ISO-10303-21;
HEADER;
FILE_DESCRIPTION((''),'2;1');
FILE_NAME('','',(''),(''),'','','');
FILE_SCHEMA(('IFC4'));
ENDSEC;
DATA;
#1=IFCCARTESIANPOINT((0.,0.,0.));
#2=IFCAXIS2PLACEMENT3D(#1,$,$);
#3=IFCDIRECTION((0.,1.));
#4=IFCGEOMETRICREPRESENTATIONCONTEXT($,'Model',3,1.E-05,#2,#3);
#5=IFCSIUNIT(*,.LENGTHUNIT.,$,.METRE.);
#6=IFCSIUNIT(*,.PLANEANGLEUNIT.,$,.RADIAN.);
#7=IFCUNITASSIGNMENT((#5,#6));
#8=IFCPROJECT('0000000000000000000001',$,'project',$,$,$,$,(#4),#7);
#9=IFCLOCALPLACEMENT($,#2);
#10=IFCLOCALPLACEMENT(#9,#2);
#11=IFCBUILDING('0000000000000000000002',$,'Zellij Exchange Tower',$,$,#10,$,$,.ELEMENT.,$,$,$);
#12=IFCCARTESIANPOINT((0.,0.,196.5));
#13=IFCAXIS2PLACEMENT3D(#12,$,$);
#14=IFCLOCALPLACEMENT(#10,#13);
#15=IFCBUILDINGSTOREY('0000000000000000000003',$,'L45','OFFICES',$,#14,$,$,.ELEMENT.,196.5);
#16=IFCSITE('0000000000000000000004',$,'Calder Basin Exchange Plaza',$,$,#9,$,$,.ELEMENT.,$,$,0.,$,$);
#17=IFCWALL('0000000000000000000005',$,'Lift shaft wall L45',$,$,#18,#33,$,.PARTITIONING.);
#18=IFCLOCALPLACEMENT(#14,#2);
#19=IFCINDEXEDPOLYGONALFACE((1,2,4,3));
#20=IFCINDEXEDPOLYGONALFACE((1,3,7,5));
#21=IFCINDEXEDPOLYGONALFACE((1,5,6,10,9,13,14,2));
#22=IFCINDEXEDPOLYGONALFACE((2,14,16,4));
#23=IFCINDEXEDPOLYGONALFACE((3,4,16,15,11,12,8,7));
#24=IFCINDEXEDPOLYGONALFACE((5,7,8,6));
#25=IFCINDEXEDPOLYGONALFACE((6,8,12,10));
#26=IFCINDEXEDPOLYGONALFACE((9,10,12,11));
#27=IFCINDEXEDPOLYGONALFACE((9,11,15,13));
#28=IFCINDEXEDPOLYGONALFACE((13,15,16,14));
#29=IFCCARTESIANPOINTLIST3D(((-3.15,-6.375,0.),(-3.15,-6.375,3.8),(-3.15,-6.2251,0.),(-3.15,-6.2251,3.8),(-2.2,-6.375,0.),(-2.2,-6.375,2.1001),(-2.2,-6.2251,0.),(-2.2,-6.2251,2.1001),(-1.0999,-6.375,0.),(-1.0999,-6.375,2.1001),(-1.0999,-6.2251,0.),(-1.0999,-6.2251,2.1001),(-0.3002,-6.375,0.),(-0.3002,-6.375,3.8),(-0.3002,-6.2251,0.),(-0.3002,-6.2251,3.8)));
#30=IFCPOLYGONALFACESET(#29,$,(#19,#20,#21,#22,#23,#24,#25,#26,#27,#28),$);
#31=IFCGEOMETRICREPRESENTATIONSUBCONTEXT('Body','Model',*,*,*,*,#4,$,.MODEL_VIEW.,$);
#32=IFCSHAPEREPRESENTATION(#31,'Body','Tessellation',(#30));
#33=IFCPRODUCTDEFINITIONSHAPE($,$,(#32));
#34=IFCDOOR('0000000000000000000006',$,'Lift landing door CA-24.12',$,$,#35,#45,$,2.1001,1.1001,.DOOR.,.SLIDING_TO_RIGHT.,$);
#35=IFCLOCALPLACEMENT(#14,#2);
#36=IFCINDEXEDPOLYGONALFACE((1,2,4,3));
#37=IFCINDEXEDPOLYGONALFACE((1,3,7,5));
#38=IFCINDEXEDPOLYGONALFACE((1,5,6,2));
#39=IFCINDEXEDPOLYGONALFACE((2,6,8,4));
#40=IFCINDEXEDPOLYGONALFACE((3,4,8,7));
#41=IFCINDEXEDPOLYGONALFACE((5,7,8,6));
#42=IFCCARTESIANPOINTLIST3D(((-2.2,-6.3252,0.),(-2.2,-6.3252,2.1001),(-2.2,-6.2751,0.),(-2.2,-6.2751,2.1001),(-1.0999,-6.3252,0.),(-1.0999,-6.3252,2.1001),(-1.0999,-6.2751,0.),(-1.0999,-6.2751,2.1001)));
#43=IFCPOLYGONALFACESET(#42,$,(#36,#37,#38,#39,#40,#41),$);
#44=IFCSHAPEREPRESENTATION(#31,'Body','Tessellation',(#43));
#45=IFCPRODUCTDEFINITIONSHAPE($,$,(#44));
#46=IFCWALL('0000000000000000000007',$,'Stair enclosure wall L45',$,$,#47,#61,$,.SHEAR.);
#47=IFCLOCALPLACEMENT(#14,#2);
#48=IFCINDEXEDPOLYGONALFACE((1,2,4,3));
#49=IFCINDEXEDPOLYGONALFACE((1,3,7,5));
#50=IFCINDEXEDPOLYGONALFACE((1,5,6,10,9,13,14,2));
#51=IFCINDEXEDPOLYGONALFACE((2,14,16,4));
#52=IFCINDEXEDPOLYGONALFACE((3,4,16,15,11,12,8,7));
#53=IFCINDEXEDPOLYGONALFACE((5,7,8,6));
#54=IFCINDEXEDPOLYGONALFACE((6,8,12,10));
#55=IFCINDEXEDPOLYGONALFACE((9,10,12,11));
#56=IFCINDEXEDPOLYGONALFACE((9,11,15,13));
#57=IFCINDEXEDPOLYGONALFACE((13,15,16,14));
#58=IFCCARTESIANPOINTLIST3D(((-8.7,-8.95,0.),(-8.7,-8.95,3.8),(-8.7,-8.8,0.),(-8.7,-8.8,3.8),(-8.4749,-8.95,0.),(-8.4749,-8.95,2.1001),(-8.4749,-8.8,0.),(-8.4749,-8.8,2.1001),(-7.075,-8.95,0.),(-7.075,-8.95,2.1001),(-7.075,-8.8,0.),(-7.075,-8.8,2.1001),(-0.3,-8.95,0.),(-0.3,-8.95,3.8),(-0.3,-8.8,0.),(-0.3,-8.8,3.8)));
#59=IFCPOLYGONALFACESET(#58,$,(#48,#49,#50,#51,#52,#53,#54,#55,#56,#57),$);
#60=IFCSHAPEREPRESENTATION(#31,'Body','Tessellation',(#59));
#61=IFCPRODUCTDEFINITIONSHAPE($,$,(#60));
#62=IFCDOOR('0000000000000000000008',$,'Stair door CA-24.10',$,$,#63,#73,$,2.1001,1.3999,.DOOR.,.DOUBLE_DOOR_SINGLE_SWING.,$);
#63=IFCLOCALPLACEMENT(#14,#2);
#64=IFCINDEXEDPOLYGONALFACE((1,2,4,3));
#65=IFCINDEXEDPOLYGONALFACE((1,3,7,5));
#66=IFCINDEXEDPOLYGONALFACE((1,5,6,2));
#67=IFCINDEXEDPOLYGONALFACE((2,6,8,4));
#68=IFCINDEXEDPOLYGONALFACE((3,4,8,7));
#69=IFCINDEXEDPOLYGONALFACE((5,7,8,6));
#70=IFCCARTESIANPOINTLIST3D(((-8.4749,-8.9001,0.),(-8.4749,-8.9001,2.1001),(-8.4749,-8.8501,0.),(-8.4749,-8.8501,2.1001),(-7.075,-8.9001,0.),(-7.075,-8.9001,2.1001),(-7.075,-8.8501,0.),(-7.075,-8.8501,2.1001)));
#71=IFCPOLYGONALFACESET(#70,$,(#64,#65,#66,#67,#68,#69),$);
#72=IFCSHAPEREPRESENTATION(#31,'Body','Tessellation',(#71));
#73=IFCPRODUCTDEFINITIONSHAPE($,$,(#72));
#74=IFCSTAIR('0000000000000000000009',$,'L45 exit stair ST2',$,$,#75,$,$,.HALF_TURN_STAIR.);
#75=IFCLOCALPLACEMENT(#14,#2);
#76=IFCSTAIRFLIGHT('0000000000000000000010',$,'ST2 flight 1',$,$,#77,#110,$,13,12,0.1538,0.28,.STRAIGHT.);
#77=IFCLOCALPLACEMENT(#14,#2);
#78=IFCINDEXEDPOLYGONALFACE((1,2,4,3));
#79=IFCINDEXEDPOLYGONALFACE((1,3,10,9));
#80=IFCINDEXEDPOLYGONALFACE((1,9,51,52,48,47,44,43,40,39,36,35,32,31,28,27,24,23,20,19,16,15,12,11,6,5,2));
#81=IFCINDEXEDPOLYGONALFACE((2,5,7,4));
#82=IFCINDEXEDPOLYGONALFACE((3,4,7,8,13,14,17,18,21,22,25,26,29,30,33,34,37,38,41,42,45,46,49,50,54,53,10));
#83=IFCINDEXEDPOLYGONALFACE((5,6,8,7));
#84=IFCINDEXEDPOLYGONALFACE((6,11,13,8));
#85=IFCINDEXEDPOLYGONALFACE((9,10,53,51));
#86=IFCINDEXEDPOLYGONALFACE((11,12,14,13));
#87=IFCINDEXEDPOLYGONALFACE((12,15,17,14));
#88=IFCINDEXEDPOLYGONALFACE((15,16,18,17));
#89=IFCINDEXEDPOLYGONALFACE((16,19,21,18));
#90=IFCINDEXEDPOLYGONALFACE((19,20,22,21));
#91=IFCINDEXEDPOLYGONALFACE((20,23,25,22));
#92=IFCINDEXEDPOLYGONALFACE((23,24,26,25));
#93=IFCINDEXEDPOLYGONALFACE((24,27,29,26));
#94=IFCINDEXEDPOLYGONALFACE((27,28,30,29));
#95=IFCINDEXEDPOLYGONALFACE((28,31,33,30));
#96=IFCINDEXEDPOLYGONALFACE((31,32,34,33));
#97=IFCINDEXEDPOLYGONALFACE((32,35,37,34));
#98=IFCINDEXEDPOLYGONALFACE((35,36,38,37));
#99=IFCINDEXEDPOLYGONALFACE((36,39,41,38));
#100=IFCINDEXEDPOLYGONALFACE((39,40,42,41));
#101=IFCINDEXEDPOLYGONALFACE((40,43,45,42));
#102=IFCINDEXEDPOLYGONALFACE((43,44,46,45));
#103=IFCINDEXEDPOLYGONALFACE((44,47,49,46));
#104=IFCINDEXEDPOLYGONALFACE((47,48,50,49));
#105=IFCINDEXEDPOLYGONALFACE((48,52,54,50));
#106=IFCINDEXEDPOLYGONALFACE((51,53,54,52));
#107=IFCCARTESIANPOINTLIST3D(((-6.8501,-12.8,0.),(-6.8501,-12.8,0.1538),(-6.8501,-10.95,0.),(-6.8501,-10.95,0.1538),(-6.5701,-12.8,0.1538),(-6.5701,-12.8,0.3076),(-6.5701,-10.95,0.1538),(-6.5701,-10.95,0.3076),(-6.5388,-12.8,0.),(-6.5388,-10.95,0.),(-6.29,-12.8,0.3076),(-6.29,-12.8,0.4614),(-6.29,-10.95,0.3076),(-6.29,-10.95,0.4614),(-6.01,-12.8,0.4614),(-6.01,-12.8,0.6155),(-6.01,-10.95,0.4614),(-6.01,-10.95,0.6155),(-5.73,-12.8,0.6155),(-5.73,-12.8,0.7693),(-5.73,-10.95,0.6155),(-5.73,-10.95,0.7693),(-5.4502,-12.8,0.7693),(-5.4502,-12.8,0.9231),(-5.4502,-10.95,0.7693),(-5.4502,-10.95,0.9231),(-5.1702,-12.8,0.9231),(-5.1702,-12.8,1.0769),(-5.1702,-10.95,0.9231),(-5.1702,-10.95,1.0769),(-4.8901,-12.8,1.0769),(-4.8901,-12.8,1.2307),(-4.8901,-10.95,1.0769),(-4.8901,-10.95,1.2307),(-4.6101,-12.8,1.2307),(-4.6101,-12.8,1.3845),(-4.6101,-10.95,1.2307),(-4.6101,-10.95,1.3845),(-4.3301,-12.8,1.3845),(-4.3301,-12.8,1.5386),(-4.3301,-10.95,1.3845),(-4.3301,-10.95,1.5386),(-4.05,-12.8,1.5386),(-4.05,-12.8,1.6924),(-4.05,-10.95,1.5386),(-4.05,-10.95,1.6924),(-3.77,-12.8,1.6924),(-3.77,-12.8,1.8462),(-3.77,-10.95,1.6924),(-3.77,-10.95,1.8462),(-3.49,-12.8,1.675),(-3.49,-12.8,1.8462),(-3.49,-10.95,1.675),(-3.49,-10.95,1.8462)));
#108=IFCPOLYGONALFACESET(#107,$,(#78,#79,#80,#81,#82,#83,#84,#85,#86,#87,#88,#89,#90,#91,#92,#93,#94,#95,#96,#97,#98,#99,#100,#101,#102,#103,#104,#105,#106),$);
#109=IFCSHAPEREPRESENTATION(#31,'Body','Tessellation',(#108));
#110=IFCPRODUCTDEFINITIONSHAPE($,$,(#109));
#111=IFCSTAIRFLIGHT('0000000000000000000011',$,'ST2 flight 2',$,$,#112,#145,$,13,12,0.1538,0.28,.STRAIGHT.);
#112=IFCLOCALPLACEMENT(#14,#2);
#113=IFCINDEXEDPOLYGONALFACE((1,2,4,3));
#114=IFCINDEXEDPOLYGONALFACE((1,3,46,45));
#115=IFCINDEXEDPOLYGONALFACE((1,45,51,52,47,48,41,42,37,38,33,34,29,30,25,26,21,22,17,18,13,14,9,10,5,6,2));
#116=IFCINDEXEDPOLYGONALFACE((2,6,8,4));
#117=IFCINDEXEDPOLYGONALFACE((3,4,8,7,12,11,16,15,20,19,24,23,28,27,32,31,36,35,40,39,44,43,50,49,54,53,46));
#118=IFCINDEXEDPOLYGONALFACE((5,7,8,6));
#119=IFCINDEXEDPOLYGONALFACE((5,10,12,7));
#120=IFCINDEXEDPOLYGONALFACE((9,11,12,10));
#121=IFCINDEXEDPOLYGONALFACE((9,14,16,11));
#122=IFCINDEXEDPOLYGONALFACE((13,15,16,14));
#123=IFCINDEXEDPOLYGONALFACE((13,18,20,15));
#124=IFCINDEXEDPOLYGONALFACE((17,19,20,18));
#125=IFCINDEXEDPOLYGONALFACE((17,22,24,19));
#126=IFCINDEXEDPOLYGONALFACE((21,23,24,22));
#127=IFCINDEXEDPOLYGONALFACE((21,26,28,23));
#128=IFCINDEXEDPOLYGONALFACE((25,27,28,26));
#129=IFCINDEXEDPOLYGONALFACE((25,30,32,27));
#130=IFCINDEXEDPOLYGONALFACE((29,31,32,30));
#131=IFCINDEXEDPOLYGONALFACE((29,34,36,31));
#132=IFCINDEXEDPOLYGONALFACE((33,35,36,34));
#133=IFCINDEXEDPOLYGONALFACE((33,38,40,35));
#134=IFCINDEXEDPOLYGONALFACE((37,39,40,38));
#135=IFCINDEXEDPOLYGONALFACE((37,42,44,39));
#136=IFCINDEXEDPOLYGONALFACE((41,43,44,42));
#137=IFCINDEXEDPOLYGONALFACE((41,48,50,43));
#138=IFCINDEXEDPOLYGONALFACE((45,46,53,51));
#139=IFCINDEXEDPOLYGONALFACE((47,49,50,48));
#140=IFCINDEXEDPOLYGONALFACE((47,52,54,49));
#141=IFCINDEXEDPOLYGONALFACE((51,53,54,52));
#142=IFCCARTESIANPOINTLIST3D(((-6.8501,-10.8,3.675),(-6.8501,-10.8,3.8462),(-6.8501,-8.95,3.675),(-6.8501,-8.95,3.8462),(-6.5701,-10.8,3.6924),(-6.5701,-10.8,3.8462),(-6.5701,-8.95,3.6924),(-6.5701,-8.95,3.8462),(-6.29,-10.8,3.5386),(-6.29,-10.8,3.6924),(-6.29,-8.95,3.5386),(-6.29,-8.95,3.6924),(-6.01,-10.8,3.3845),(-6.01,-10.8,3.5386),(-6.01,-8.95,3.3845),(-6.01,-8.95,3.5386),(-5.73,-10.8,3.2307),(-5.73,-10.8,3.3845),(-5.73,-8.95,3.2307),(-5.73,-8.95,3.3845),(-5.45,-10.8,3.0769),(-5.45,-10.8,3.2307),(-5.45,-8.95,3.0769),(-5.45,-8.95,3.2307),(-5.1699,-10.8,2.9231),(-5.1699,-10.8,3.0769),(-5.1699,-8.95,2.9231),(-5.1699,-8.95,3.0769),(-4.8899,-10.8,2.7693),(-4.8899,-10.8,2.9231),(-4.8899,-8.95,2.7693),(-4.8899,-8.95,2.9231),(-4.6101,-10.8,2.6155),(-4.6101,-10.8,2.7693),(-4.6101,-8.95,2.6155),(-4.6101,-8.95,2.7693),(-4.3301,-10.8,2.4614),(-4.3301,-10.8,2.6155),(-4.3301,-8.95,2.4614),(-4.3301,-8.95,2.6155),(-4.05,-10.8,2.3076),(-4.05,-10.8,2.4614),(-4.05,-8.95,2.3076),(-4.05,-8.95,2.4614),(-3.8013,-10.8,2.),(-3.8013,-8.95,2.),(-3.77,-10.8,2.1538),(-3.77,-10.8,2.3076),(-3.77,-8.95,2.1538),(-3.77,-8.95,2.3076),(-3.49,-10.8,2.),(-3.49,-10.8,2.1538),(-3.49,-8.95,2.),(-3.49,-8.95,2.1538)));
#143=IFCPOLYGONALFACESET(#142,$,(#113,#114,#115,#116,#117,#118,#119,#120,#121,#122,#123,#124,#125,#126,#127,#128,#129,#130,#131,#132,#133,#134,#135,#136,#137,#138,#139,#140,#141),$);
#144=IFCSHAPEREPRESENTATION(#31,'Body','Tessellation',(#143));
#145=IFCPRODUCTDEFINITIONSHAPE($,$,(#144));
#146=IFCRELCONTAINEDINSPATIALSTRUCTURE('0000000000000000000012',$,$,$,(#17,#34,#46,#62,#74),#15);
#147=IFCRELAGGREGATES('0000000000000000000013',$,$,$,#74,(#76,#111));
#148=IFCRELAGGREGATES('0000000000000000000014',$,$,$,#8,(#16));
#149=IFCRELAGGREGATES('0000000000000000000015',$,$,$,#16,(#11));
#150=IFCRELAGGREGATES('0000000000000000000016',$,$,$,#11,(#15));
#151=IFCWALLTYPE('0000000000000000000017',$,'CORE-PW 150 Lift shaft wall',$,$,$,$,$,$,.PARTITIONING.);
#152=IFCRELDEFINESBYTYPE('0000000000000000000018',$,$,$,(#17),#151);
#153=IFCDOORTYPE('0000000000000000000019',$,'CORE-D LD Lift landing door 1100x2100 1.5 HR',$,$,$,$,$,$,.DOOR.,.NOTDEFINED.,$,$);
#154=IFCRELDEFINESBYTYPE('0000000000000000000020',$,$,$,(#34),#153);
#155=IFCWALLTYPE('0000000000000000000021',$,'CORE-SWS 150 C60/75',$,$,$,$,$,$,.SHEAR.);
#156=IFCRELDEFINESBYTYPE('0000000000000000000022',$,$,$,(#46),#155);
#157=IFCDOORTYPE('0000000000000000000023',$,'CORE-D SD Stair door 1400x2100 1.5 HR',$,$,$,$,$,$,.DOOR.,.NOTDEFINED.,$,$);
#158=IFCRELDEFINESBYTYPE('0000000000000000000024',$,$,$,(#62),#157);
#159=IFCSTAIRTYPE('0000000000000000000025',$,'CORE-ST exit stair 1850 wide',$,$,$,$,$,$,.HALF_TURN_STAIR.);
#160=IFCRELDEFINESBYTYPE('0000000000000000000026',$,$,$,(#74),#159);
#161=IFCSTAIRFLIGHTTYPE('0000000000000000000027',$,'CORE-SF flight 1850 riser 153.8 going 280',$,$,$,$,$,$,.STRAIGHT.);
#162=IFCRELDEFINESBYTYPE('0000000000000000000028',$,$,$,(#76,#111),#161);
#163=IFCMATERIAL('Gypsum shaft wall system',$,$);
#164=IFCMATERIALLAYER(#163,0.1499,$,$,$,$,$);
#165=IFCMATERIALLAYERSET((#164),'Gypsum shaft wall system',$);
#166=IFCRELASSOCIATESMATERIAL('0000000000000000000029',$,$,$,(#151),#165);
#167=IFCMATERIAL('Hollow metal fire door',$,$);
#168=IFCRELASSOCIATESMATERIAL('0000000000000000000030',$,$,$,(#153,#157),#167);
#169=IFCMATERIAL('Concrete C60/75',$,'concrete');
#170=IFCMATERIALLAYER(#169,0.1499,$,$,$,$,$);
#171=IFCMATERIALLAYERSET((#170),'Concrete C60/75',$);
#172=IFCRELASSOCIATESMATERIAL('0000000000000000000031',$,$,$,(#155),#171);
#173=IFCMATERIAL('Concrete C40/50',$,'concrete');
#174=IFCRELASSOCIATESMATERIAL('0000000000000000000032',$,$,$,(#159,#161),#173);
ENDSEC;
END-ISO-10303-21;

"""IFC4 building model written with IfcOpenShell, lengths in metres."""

from ifc_helpers import new_model, si_unit, direction, frame, frame_2d, origin, place, context, subcontext, project, spatial, polyline, rectangle, outline, extrude, material, layer, layer_set, type_object, element, fill, aggregate, save


model = new_model("IFC4")

# Units and contexts
model_context = context("Model", 3, precision=1e-05, world=origin(), true_north=direction((0.0, 1.0)))
body_context = subcontext(model_context, "Body", "Model", "MODEL_VIEW")
ifc_project = project(units=[si_unit("LENGTHUNIT", "METRE"), si_unit("PLANEANGLEUNIT", "RADIAN")], contexts=[model_context])

# Site, building, storey
site_placement = place(None, origin())
site = spatial("IfcSite", under=ifc_project, at=site_placement, Name="Calder Basin Exchange Plaza", CompositionType="ELEMENT", RefElevation=0.0)
building_placement = place(site_placement, origin())
building = spatial("IfcBuilding", under=site, at=building_placement, Name="Zellij Exchange Tower", CompositionType="ELEMENT")
storey_placement = place(building_placement, frame((0.0, 0.0, 196.5)))
storey = spatial("IfcBuildingStorey", under=building, at=storey_placement, Name="L45", Description="OFFICES", CompositionType="ELEMENT", Elevation=196.5)

# Shared definitions
ifc_material_1 = material(Name="Concrete C60/75", Category="concrete")

# Shared definitions
ifc_material_2 = material(Name="Gypsum shaft wall system")
ifc_material_3 = material(Name="Hollow metal fire door")

# Shared definitions
ifc_layer_1 = layer(ifc_material_2, 0.1499)
ifc_layer_set_1 = layer_set([ifc_layer_1], Name="Gypsum shaft wall system")
wall_type_1 = type_object("IfcWallType", Name="CORE-PW 150 Lift shaft wall", PredefinedType="PARTITIONING", material=ifc_layer_set_1)

# Walls, openings, doors
wall_1_placement = place(storey_placement, frame((-3.1499, -6.3, 0.0), z_axis=(0.0, 0.0, 1.0), x_axis=(1.0, 0.0, 0.0)))
wall_1 = element("IfcWall", 1, at=wall_1_placement, inside=storey, type_object=wall_type_1, Name="Lift shaft wall L45", PredefinedType="PARTITIONING", context=body_context, shape_type="SweptSolid", body=[
    extrude(rectangle(XDim=2.8499, YDim=0.1499, at=frame_2d((1.4248, 0.0))), origin(), (0.0, 0.0, 1.0), 3.8),
])
opening_1_placement = place(wall_1_placement, frame((0.95, 0.0, 0.0)))
opening_1 = element("IfcOpeningElement", 2, at=opening_1_placement, cuts=wall_1, PredefinedType="OPENING", context=body_context, shape_type="SweptSolid", body=[
    extrude(rectangle(XDim=1.1001, YDim=2.1001, at=frame_2d((0.55, 1.05))), frame((0.0, 0.0869, 0.0), z_axis=(0.0, -1.0, 0.0), x_axis=(1.0, 0.0, 0.0)), (0.0, 0.0, 1.0), 0.1738),
])
door_type_1 = type_object("IfcDoorType", Name="CORE-D LD Lift landing door 1100x2100 1.5 HR", OperationType="NOTDEFINED", PredefinedType="DOOR", material=ifc_material_3)
door_1_placement = place(opening_1_placement, origin())
door_1 = element("IfcDoor", 3, at=door_1_placement, inside=storey, type_object=door_type_1, Name="Lift landing door CA-24.12", OperationType="SLIDING_TO_RIGHT", OverallHeight=2.1001, OverallWidth=1.1001, PredefinedType="DOOR", context=body_context, shape_type="SweptSolid", body=[
    extrude(rectangle(XDim=1.1001, YDim=2.1001, at=frame_2d((0.55, 1.05))), frame((0.0, 0.0249, 0.0), z_axis=(0.0, -1.0, 0.0), x_axis=(1.0, 0.0, 0.0)), (0.0, 0.0, 1.0), 0.05),
])
fill(opening_1, door_1)
ifc_layer_2 = layer(ifc_material_1, 0.1499)
ifc_layer_set_2 = layer_set([ifc_layer_2], Name="Concrete C60/75")
wall_type_2 = type_object("IfcWallType", Name="CORE-SWS 150 C60/75", PredefinedType="SHEAR", material=ifc_layer_set_2)
wall_2_placement = place(storey_placement, frame((-8.7, -8.875, 0.0), z_axis=(0.0, 0.0, 1.0), x_axis=(1.0, 0.0, 0.0)))
wall_2 = element("IfcWall", 4, at=wall_2_placement, inside=storey, type_object=wall_type_2, Name="Stair enclosure wall L45", PredefinedType="SHEAR", context=body_context, shape_type="SweptSolid", body=[
    extrude(rectangle(XDim=8.3999, YDim=0.1499, at=frame_2d((4.2, 0.0))), origin(), (0.0, 0.0, 1.0), 3.8),
])
opening_2_placement = place(wall_2_placement, frame((0.2251, 0.0, 0.0)))
opening_2 = element("IfcOpeningElement", 5, at=opening_2_placement, cuts=wall_2, PredefinedType="OPENING", context=body_context, shape_type="SweptSolid", body=[
    extrude(rectangle(XDim=1.3999, YDim=2.1001, at=frame_2d((0.7, 1.05))), frame((0.0, 0.0869, 0.0), z_axis=(0.0, -1.0, 0.0), x_axis=(1.0, 0.0, 0.0)), (0.0, 0.0, 1.0), 0.1738),
])
door_type_2 = type_object("IfcDoorType", Name="CORE-D SD Stair door 1400x2100 1.5 HR", OperationType="NOTDEFINED", PredefinedType="DOOR", material=ifc_material_3)
door_2_placement = place(opening_2_placement, origin())
door_2 = element("IfcDoor", 6, at=door_2_placement, inside=storey, type_object=door_type_2, Name="Stair door CA-24.10", OperationType="DOUBLE_DOOR_SINGLE_SWING", OverallHeight=2.1001, OverallWidth=1.3999, PredefinedType="DOOR", context=body_context, shape_type="SweptSolid", body=[
    extrude(rectangle(XDim=1.3999, YDim=2.1001, at=frame_2d((0.7, 1.05))), frame((0.0, 0.0249, 0.0), z_axis=(0.0, -1.0, 0.0), x_axis=(1.0, 0.0, 0.0)), (0.0, 0.0, 1.0), 0.05),
])
fill(opening_2, door_2)

# Stair, stair flights
ifc_material_4 = material(Name="Concrete C40/50", Category="concrete")
stair_type = type_object("IfcStairType", Name="CORE-ST exit stair 1850 wide", PredefinedType="HALF_TURN_STAIR", material=ifc_material_4)
stair_placement = place(storey_placement, origin())
stair = element("IfcStair", 7, at=stair_placement, inside=storey, type_object=stair_type, Name="L45 exit stair ST2", PredefinedType="HALF_TURN_STAIR")
stair_flight_type = type_object("IfcStairFlightType", Name="CORE-SF flight 1850 riser 153.8 going 280", PredefinedType="STRAIGHT", material=ifc_material_4)
stair_flight_1_placement = place(storey_placement, frame((-6.8501, -11.875, 0.0), z_axis=(0.0, 0.0, 1.0), x_axis=(1.0, 0.0, 0.0)))
stair_flight_1 = element("IfcStairFlight", 8, at=stair_flight_1_placement, type_object=stair_flight_type, Name="ST2 flight 1", NumberOfRisers=13, NumberOfTreads=12, PredefinedType="STRAIGHT", RiserHeight=0.1538, TreadLength=0.28, context=body_context, shape_type="SweptSolid", body=[
    extrude(outline(polyline([(0.0, 0.0), (0.0, 0.1538), (0.28, 0.1538), (0.28, 0.3076), (0.5601, 0.3076), (0.5601, 0.4614), (0.8401, 0.4614), (0.8401, 0.6155), (1.1201, 0.6155), (1.1201, 0.7693), (1.3999, 0.7693), (1.3999, 0.9231), (1.6799, 0.9231), (1.6799, 1.0769), (1.96, 1.0769), (1.96, 1.2307), (2.24, 1.2307), (2.24, 1.3845), (2.52, 1.3845), (2.52, 1.5386), (2.8, 1.5386), (2.8, 1.6924), (3.0801, 1.6924), (3.0801, 1.8462), (3.3601, 1.8462), (3.3601, 2.0), (3.3601, 1.675), (0.3113, 0.0), (0.0, 0.0)])), frame((0.0, 0.925, 0.0), z_axis=(0.0, -1.0, 0.0), x_axis=(1.0, 0.0, 0.0)), (0.0, 0.0, 1.0), 1.8501),
])
stair_flight_2_placement = place(storey_placement, frame((-3.49, -9.875, 2.0), z_axis=(0.0, 0.0, 1.0), x_axis=(-1.0, 0.0, 0.0)))
stair_flight_2 = element("IfcStairFlight", 9, at=stair_flight_2_placement, type_object=stair_flight_type, Name="ST2 flight 2", NumberOfRisers=13, NumberOfTreads=12, PredefinedType="STRAIGHT", RiserHeight=0.1538, TreadLength=0.28, context=body_context, shape_type="SweptSolid", body=[
    extrude(outline(polyline([(0.0, 0.0), (0.0, 0.1538), (0.28, 0.1538), (0.28, 0.3076), (0.5601, 0.3076), (0.5601, 0.4614), (0.8401, 0.4614), (0.8401, 0.6155), (1.1201, 0.6155), (1.1201, 0.7693), (1.3999, 0.7693), (1.3999, 0.9231), (1.6799, 0.9231), (1.6799, 1.0769), (1.96, 1.0769), (1.96, 1.2307), (2.24, 1.2307), (2.24, 1.3845), (2.52, 1.3845), (2.52, 1.5386), (2.8, 1.5386), (2.8, 1.6924), (3.0801, 1.6924), (3.0801, 1.8462), (3.3601, 1.8462), (3.3601, 2.0), (3.3601, 1.675), (0.3113, 0.0), (0.0, 0.0)])), frame((0.0, 0.925, 0.0), z_axis=(0.0, -1.0, 0.0), x_axis=(1.0, 0.0, 0.0)), (0.0, 0.0, 1.0), 1.8501),
])
aggregate(stair, [stair_flight_1, stair_flight_2])

save(model, "model.ifc")
